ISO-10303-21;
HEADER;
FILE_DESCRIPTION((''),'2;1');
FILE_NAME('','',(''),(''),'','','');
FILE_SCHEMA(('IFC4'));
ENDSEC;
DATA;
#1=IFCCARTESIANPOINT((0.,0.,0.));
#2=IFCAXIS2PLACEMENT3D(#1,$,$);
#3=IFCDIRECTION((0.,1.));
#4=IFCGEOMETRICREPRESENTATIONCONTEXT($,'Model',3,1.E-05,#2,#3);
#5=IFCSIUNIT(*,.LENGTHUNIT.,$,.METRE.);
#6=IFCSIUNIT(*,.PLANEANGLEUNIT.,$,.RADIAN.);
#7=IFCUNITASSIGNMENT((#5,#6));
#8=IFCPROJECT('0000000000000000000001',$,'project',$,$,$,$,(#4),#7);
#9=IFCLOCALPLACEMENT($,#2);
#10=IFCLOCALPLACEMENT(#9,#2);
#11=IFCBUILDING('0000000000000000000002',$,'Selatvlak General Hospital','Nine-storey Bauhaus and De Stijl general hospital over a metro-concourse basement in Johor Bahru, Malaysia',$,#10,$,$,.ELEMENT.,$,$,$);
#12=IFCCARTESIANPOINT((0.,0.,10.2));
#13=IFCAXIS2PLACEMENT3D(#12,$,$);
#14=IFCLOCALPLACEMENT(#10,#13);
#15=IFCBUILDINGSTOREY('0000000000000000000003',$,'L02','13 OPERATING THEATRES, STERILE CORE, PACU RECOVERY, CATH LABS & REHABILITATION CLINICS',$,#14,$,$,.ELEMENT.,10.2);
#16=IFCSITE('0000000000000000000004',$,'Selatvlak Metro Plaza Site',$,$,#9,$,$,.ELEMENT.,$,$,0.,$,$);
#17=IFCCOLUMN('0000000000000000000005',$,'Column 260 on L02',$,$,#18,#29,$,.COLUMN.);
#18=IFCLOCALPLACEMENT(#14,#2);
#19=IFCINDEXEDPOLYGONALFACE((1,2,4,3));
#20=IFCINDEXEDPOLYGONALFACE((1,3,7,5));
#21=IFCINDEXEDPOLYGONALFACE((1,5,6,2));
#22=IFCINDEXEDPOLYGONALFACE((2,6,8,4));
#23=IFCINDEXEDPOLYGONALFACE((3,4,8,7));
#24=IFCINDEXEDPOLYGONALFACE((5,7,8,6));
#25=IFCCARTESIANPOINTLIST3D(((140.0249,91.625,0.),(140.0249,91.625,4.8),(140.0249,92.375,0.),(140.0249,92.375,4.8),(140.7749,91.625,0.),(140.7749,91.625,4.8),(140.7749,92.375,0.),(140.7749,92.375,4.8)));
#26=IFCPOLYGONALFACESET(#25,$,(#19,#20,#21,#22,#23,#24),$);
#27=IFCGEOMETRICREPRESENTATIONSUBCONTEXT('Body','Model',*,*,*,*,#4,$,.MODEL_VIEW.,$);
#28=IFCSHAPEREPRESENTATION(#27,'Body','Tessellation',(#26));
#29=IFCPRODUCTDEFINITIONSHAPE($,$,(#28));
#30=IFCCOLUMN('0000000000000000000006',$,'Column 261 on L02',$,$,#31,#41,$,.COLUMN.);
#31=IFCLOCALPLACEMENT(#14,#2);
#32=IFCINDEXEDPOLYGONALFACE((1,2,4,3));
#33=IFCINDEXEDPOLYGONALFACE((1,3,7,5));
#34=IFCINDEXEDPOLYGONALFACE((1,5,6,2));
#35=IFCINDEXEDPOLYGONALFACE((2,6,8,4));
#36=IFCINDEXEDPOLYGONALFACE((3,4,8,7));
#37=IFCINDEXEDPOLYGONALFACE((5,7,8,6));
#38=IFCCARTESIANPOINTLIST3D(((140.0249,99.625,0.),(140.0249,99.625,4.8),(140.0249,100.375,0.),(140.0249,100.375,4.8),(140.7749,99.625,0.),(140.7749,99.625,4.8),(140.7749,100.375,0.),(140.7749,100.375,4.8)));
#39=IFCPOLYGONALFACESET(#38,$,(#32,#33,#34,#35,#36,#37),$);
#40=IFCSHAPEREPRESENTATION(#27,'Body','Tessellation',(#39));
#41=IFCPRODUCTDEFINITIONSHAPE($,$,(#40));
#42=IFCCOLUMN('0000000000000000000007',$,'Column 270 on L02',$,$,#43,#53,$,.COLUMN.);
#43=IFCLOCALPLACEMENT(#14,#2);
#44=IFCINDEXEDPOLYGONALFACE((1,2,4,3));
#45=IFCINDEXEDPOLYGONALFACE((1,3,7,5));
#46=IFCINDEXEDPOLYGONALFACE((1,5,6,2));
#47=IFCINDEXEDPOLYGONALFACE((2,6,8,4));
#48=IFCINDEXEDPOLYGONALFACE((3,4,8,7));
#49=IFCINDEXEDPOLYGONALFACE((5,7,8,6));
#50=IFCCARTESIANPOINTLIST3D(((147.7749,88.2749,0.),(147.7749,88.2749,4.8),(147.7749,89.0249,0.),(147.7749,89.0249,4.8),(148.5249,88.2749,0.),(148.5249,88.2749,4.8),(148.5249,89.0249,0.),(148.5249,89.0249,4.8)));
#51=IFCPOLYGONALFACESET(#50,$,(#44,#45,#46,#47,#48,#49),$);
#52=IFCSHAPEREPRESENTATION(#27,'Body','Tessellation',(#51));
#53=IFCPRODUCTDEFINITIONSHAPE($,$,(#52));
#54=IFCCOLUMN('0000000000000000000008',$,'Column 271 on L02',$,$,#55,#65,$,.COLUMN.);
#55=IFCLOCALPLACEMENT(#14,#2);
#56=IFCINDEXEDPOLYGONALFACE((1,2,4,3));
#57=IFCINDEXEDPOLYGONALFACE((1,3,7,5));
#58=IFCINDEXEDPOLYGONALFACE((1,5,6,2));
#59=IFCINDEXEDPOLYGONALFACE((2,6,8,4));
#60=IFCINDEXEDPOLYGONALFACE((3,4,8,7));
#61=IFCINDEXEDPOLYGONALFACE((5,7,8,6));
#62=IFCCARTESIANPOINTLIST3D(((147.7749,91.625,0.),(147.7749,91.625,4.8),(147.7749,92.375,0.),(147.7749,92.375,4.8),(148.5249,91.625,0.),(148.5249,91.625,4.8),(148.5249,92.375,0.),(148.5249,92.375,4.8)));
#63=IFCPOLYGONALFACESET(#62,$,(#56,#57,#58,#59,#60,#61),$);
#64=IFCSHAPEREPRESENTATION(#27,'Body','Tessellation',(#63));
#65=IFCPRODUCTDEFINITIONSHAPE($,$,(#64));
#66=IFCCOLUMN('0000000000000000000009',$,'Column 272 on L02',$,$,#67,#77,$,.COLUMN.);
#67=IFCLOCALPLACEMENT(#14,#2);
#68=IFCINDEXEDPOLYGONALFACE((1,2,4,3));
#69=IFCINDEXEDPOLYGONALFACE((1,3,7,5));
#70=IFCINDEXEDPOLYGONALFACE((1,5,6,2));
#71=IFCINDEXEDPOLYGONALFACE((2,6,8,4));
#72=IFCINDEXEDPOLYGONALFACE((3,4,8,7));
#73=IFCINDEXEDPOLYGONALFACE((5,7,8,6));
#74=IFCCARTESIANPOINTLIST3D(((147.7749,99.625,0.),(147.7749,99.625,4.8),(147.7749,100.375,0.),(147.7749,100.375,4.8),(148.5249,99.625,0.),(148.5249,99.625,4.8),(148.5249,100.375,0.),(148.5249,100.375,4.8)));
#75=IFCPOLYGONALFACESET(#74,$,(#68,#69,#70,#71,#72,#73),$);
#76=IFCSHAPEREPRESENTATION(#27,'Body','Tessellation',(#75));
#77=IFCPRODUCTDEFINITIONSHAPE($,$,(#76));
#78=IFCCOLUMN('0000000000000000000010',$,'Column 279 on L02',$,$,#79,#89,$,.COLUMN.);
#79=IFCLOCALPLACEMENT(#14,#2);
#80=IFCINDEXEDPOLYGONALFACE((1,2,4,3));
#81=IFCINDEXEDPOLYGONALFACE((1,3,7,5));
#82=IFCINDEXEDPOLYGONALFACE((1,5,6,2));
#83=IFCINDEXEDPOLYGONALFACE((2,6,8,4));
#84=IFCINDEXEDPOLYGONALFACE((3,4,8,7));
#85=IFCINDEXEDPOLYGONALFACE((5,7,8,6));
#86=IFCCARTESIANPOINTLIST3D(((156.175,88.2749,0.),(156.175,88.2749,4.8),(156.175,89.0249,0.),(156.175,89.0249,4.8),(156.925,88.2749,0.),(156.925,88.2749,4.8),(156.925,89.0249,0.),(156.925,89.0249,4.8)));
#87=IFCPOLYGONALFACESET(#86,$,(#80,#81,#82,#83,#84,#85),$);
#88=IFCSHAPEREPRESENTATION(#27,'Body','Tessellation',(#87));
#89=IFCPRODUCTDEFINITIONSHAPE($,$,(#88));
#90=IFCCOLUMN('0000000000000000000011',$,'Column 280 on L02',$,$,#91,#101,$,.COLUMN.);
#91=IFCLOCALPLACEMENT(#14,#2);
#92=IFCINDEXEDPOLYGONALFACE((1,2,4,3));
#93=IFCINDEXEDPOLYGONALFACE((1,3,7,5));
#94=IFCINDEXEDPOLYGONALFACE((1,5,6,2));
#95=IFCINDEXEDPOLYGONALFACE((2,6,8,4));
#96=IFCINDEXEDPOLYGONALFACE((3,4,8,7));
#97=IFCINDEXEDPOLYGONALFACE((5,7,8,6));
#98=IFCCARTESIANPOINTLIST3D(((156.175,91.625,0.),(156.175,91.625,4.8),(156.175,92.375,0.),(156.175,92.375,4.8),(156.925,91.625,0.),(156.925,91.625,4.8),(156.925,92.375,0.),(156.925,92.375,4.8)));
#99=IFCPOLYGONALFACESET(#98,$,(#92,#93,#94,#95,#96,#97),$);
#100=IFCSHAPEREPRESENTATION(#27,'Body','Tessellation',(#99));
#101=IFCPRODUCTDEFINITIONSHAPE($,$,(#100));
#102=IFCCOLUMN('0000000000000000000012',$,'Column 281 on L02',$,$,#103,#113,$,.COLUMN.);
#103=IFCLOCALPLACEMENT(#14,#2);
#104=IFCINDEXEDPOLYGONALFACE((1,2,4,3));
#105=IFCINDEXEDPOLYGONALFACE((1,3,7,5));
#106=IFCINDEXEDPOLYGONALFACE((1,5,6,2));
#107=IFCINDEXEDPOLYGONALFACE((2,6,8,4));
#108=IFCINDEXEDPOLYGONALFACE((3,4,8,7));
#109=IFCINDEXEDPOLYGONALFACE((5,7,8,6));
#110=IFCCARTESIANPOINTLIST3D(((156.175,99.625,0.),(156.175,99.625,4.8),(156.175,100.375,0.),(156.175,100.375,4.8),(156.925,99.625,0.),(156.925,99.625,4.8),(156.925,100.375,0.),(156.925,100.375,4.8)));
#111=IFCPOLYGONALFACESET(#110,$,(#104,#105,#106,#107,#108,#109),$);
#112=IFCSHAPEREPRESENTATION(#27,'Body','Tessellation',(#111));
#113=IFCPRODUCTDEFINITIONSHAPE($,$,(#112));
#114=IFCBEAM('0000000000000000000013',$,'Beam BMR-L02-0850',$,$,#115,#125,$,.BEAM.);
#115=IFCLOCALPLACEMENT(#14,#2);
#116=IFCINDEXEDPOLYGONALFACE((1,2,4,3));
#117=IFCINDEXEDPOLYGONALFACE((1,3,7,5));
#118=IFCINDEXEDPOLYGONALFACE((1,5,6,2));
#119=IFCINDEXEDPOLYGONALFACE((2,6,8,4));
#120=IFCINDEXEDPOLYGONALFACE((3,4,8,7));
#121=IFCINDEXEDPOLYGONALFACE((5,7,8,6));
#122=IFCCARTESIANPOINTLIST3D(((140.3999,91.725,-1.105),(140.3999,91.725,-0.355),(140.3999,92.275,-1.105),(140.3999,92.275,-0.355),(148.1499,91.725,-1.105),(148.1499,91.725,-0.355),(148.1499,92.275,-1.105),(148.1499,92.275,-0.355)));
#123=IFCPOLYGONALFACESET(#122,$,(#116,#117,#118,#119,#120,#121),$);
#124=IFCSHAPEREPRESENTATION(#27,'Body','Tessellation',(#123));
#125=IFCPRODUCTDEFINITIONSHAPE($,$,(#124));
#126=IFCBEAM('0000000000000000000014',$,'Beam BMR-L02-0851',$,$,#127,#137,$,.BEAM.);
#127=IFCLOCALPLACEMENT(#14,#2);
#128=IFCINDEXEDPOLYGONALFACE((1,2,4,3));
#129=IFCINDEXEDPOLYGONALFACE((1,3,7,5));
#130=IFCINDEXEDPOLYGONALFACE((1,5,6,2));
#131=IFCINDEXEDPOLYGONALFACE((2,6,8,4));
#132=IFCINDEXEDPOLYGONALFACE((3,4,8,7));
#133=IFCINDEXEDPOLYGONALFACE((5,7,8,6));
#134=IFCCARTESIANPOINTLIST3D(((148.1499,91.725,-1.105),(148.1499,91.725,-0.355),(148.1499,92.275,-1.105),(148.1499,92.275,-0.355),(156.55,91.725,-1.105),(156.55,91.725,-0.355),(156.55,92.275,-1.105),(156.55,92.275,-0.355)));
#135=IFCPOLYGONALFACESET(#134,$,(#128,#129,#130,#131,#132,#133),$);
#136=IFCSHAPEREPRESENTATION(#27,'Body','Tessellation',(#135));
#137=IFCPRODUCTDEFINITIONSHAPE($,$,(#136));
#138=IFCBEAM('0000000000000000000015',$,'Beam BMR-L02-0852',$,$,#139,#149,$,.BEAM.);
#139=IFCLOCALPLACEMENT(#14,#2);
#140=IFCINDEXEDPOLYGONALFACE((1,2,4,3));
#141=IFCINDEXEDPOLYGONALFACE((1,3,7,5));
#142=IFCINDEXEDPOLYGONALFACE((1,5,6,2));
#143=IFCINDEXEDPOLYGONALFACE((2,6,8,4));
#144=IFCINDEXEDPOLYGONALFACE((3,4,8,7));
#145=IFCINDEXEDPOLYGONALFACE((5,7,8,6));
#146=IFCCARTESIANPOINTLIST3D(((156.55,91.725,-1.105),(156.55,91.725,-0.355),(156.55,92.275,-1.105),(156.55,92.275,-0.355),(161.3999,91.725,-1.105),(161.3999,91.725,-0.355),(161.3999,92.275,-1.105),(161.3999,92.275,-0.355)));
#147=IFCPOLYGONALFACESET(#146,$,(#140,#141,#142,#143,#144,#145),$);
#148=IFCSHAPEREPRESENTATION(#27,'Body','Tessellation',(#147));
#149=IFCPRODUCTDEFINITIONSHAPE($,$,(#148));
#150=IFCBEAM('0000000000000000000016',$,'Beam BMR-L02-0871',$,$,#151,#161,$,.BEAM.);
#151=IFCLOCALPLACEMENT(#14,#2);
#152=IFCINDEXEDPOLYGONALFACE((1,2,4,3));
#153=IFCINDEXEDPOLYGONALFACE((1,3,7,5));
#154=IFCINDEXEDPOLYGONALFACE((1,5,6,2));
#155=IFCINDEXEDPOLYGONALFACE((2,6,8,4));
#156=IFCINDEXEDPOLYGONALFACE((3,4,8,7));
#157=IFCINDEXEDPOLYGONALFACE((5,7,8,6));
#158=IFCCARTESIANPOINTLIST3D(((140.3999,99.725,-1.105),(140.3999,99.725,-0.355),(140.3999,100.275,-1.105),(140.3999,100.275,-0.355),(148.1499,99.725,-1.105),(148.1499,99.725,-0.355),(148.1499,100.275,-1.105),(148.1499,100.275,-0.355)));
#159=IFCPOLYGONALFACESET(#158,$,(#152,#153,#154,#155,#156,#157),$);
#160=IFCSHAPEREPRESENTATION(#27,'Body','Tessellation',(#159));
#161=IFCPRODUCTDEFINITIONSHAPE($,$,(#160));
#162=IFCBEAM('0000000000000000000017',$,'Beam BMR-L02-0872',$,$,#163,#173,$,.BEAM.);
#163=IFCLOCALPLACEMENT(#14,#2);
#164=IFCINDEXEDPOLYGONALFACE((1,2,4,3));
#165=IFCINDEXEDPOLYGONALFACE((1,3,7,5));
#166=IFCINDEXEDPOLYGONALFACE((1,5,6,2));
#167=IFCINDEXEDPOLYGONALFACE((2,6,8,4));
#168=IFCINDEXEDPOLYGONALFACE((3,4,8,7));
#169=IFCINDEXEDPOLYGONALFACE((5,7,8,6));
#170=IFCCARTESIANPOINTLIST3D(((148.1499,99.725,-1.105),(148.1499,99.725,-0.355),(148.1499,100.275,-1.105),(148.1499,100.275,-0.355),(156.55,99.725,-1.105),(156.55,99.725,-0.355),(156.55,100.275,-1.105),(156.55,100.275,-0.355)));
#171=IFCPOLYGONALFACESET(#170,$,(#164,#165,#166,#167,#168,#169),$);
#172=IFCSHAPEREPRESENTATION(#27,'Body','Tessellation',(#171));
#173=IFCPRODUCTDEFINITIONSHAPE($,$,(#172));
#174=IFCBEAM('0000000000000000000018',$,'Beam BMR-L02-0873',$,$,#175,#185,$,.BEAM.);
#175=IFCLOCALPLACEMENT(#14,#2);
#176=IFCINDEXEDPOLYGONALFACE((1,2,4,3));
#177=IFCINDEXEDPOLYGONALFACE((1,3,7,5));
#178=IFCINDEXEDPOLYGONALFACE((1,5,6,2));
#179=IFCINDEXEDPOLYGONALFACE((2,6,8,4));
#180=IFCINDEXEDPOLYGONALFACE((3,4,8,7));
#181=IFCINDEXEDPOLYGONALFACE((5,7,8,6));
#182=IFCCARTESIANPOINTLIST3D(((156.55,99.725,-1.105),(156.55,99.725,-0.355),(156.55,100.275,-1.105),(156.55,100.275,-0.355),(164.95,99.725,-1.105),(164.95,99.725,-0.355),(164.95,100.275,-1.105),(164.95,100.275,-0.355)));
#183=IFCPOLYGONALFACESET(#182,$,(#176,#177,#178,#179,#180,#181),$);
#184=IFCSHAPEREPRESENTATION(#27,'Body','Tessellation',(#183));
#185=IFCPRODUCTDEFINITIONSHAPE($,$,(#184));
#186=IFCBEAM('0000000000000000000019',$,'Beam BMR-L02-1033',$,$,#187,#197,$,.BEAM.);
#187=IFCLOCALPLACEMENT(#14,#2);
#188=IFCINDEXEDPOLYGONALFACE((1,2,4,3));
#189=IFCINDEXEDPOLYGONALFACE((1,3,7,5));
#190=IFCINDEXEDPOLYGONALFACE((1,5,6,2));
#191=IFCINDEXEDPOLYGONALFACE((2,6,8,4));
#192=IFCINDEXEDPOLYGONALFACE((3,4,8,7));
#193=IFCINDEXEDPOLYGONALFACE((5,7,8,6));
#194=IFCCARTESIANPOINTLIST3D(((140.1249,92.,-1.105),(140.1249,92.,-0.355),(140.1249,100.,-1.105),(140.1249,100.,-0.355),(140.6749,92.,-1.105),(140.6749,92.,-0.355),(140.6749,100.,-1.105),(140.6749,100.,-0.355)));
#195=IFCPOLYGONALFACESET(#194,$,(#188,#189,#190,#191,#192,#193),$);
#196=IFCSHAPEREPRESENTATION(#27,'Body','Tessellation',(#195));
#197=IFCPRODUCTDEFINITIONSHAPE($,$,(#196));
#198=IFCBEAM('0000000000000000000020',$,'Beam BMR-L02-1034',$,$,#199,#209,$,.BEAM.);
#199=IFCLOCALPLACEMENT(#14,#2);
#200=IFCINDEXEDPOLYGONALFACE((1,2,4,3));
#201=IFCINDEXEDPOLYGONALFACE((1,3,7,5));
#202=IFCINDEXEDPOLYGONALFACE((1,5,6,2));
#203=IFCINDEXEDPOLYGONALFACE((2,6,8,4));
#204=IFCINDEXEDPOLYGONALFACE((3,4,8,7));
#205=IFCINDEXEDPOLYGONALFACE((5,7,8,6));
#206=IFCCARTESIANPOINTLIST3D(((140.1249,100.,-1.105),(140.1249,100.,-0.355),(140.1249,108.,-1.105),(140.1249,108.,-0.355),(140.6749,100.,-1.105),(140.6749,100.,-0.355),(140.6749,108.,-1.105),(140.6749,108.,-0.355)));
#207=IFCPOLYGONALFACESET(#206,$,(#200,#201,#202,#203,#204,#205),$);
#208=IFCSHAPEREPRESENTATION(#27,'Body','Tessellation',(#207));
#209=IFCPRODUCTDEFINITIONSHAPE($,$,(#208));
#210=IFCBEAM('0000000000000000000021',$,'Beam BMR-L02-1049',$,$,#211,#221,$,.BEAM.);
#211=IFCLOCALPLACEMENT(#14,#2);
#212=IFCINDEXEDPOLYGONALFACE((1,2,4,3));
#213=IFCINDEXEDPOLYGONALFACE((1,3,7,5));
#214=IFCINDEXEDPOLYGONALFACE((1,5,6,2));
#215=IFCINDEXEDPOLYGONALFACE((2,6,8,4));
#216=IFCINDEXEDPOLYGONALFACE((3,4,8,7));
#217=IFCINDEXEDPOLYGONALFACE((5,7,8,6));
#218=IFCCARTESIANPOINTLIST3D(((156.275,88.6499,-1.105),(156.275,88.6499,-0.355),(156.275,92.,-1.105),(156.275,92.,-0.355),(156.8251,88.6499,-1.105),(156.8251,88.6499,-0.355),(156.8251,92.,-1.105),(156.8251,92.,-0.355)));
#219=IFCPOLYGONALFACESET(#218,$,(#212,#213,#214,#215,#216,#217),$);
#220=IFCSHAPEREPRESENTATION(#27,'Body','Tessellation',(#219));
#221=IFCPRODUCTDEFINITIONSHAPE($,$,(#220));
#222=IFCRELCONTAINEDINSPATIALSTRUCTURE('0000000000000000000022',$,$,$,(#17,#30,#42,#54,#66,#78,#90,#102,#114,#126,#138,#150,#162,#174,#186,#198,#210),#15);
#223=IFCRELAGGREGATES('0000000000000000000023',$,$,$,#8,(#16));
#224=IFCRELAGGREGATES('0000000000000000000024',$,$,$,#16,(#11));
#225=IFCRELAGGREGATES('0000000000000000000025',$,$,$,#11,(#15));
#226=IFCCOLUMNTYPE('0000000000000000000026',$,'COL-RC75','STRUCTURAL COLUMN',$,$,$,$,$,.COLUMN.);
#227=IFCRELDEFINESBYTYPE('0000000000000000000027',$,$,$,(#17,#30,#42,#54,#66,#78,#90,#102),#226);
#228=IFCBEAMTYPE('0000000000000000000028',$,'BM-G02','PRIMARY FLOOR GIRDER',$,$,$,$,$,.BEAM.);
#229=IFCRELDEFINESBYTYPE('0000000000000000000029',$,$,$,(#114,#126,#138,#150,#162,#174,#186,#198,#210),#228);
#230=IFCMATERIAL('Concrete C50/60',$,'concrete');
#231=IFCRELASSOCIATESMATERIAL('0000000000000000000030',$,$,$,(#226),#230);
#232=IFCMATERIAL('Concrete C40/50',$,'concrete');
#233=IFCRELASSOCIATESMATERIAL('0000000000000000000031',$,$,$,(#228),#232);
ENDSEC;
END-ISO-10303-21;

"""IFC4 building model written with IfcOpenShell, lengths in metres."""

from ifc_helpers import new_model, si_unit, direction, frame, origin, origin_2d, place, context, subcontext, project, spatial, rectangle, extrude, material, material_profile, profile_set, type_object, element, save


model = new_model("IFC4")

# Units and contexts
model_context = context("Model", 3, precision=1e-05, world=origin(), true_north=direction((0.0, 1.0)))
body_context = subcontext(model_context, "Body", "Model", "MODEL_VIEW")
ifc_project = project(units=[si_unit("LENGTHUNIT", "METRE"), si_unit("PLANEANGLEUNIT", "RADIAN")], contexts=[model_context])

# Site, building, storey
site_placement = place(None, origin())
site = spatial("IfcSite", under=ifc_project, at=site_placement, Name="Selatvlak Metro Plaza Site", CompositionType="ELEMENT", RefElevation=0.0)
building_placement = place(site_placement, origin())
building = spatial("IfcBuilding", under=site, at=building_placement, Name="Selatvlak General Hospital", Description="Nine-storey Bauhaus and De Stijl general hospital over a metro-concourse basement in Johor Bahru, Malaysia", CompositionType="ELEMENT")
storey_placement = place(building_placement, frame((0.0, 0.0, 10.2)))
storey = spatial("IfcBuildingStorey", under=building, at=storey_placement, Name="L02", Description="13 OPERATING THEATRES, STERILE CORE, PACU RECOVERY, CATH LABS & REHABILITATION CLINICS", CompositionType="ELEMENT", Elevation=10.2)

# Columns
ifc_material_1 = material(Name="Concrete C50/60", Category="concrete")
ifc_material_profile_1 = material_profile(ifc_material_1, rectangle(XDim=0.75, YDim=0.75, at=origin_2d()), Name="RC-COL 750x750")
ifc_profile_set_1 = profile_set([ifc_material_profile_1], Name="Concrete C50/60")
column_type = type_object("IfcColumnType", Name="COL-RC75", Description="STRUCTURAL COLUMN", PredefinedType="COLUMN", material=ifc_profile_set_1)
for number, where, z_axis, x_axis, name in (
    (1, (140.3999, 92.0, 0.0), (0.0, 0.0, 1.0), (1.0, 0.0, 0.0), "Column 260 on L02"),
    (2, (140.3999, 100.0, 0.0), (0.0, 0.0, 1.0), (1.0, 0.0, 0.0), "Column 261 on L02"),
    (3, (148.1499, 88.6499, 0.0), (0.0, 0.0, 1.0), (1.0, 0.0, 0.0), "Column 270 on L02"),
    (4, (148.1499, 92.0, 0.0), (0.0, 0.0, 1.0), (1.0, 0.0, 0.0), "Column 271 on L02"),
    (5, (148.1499, 100.0, 0.0), (0.0, 0.0, 1.0), (1.0, 0.0, 0.0), "Column 272 on L02"),
    (6, (156.55, 88.6499, 0.0), (0.0, 0.0, 1.0), (1.0, 0.0, 0.0), "Column 279 on L02"),
    (7, (156.55, 92.0, 0.0), (0.0, 0.0, 1.0), (1.0, 0.0, 0.0), "Column 280 on L02"),
    (8, (156.55, 100.0, 0.0), (0.0, 0.0, 1.0), (1.0, 0.0, 0.0), "Column 281 on L02"),
):
    element("IfcColumn", number, at=place(storey_placement, frame(where, z_axis=z_axis, x_axis=x_axis)), inside=storey, type_object=column_type, Name=name, PredefinedType="COLUMN", context=body_context, shape_type="SweptSolid", body=[
        extrude(rectangle(XDim=0.75, YDim=0.75, at=origin_2d()), origin(), (0.0, 0.0, 1.0), 4.8),
    ])

# Beams
ifc_material_2 = material(Name="Concrete C40/50", Category="concrete")
ifc_material_profile_2 = material_profile(ifc_material_2, rectangle(XDim=0.55, YDim=0.75, at=origin_2d()), Name="RC-BM 550x750")
ifc_profile_set_2 = profile_set([ifc_material_profile_2], Name="Concrete C40/50")
beam_type_1 = type_object("IfcBeamType", Name="BM-G02", Description="PRIMARY FLOOR GIRDER", PredefinedType="BEAM", material=ifc_profile_set_2)
beam_1_placement = place(storey_placement, frame((140.3999, 92.0, -0.73), z_axis=(1.0, 0.0, 0.0), x_axis=(0.0, 1.0, 0.0)))
element("IfcBeam", 9, at=beam_1_placement, inside=storey, type_object=beam_type_1, Name="Beam BMR-L02-0850", PredefinedType="BEAM", context=body_context, shape_type="SweptSolid", body=[
    extrude(rectangle(XDim=0.55, YDim=0.75, at=origin_2d()), origin(), (0.0, 0.0, 1.0), 7.75),
])
beam_2_placement = place(storey_placement, frame((148.1499, 92.0, -0.73), z_axis=(1.0, 0.0, 0.0), x_axis=(0.0, 1.0, 0.0)))
element("IfcBeam", 10, at=beam_2_placement, inside=storey, type_object=beam_type_1, Name="Beam BMR-L02-0851", PredefinedType="BEAM", context=body_context, shape_type="SweptSolid", body=[
    extrude(rectangle(XDim=0.55, YDim=0.75, at=origin_2d()), origin(), (0.0, 0.0, 1.0), 8.4001),
])
beam_3_placement = place(storey_placement, frame((156.55, 92.0, -0.73), z_axis=(1.0, 0.0, 0.0), x_axis=(0.0, 1.0, 0.0)))
element("IfcBeam", 11, at=beam_3_placement, inside=storey, type_object=beam_type_1, Name="Beam BMR-L02-0852", PredefinedType="BEAM", context=body_context, shape_type="SweptSolid", body=[
    extrude(rectangle(XDim=0.55, YDim=0.75, at=origin_2d()), origin(), (0.0, 0.0, 1.0), 4.8499),
])
beam_4_placement = place(storey_placement, frame((140.3999, 100.0, -0.73), z_axis=(1.0, 0.0, 0.0), x_axis=(0.0, 1.0, 0.0)))
element("IfcBeam", 12, at=beam_4_placement, inside=storey, type_object=beam_type_1, Name="Beam BMR-L02-0871", PredefinedType="BEAM", context=body_context, shape_type="SweptSolid", body=[
    extrude(rectangle(XDim=0.55, YDim=0.75, at=origin_2d()), origin(), (0.0, 0.0, 1.0), 7.75),
])
beam_5_placement = place(storey_placement, frame((148.1499, 100.0, -0.73), z_axis=(1.0, 0.0, 0.0), x_axis=(0.0, 1.0, 0.0)))
element("IfcBeam", 13, at=beam_5_placement, inside=storey, type_object=beam_type_1, Name="Beam BMR-L02-0872", PredefinedType="BEAM", context=body_context, shape_type="SweptSolid", body=[
    extrude(rectangle(XDim=0.55, YDim=0.75, at=origin_2d()), origin(), (0.0, 0.0, 1.0), 8.4001),
])
beam_6_placement = place(storey_placement, frame((156.55, 100.0, -0.73), z_axis=(1.0, 0.0, 0.0), x_axis=(0.0, 1.0, 0.0)))
element("IfcBeam", 14, at=beam_6_placement, inside=storey, type_object=beam_type_1, Name="Beam BMR-L02-0873", PredefinedType="BEAM", context=body_context, shape_type="SweptSolid", body=[
    extrude(rectangle(XDim=0.55, YDim=0.75, at=origin_2d()), origin(), (0.0, 0.0, 1.0), 8.3999),
])
for number, where, z_axis, x_axis, name in (
    (15, (140.3999, 92.0, -0.73), (0.0, 1.0, 0.0), (-1.0, 0.0, 0.0), "Beam BMR-L02-1033"),
    (16, (140.3999, 100.0, -0.73), (0.0, 1.0, 0.0), (-1.0, 0.0, 0.0), "Beam BMR-L02-1034"),
):
    element("IfcBeam", number, at=place(storey_placement, frame(where, z_axis=z_axis, x_axis=x_axis)), inside=storey, type_object=beam_type_1, Name=name, PredefinedType="BEAM", context=body_context, shape_type="SweptSolid", body=[
        extrude(rectangle(XDim=0.55, YDim=0.75, at=origin_2d()), origin(), (0.0, 0.0, 1.0), 8.0),
    ])
beam_7_placement = place(storey_placement, frame((156.55, 88.6499, -0.73), z_axis=(0.0, 1.0, 0.0), x_axis=(-1.0, 0.0, 0.0)))
element("IfcBeam", 17, at=beam_7_placement, inside=storey, type_object=beam_type_1, Name="Beam BMR-L02-1049", PredefinedType="BEAM", context=body_context, shape_type="SweptSolid", body=[
    extrude(rectangle(XDim=0.55, YDim=0.75, at=origin_2d()), origin(), (0.0, 0.0, 1.0), 3.3501),
])

save(model, "model.ifc")
